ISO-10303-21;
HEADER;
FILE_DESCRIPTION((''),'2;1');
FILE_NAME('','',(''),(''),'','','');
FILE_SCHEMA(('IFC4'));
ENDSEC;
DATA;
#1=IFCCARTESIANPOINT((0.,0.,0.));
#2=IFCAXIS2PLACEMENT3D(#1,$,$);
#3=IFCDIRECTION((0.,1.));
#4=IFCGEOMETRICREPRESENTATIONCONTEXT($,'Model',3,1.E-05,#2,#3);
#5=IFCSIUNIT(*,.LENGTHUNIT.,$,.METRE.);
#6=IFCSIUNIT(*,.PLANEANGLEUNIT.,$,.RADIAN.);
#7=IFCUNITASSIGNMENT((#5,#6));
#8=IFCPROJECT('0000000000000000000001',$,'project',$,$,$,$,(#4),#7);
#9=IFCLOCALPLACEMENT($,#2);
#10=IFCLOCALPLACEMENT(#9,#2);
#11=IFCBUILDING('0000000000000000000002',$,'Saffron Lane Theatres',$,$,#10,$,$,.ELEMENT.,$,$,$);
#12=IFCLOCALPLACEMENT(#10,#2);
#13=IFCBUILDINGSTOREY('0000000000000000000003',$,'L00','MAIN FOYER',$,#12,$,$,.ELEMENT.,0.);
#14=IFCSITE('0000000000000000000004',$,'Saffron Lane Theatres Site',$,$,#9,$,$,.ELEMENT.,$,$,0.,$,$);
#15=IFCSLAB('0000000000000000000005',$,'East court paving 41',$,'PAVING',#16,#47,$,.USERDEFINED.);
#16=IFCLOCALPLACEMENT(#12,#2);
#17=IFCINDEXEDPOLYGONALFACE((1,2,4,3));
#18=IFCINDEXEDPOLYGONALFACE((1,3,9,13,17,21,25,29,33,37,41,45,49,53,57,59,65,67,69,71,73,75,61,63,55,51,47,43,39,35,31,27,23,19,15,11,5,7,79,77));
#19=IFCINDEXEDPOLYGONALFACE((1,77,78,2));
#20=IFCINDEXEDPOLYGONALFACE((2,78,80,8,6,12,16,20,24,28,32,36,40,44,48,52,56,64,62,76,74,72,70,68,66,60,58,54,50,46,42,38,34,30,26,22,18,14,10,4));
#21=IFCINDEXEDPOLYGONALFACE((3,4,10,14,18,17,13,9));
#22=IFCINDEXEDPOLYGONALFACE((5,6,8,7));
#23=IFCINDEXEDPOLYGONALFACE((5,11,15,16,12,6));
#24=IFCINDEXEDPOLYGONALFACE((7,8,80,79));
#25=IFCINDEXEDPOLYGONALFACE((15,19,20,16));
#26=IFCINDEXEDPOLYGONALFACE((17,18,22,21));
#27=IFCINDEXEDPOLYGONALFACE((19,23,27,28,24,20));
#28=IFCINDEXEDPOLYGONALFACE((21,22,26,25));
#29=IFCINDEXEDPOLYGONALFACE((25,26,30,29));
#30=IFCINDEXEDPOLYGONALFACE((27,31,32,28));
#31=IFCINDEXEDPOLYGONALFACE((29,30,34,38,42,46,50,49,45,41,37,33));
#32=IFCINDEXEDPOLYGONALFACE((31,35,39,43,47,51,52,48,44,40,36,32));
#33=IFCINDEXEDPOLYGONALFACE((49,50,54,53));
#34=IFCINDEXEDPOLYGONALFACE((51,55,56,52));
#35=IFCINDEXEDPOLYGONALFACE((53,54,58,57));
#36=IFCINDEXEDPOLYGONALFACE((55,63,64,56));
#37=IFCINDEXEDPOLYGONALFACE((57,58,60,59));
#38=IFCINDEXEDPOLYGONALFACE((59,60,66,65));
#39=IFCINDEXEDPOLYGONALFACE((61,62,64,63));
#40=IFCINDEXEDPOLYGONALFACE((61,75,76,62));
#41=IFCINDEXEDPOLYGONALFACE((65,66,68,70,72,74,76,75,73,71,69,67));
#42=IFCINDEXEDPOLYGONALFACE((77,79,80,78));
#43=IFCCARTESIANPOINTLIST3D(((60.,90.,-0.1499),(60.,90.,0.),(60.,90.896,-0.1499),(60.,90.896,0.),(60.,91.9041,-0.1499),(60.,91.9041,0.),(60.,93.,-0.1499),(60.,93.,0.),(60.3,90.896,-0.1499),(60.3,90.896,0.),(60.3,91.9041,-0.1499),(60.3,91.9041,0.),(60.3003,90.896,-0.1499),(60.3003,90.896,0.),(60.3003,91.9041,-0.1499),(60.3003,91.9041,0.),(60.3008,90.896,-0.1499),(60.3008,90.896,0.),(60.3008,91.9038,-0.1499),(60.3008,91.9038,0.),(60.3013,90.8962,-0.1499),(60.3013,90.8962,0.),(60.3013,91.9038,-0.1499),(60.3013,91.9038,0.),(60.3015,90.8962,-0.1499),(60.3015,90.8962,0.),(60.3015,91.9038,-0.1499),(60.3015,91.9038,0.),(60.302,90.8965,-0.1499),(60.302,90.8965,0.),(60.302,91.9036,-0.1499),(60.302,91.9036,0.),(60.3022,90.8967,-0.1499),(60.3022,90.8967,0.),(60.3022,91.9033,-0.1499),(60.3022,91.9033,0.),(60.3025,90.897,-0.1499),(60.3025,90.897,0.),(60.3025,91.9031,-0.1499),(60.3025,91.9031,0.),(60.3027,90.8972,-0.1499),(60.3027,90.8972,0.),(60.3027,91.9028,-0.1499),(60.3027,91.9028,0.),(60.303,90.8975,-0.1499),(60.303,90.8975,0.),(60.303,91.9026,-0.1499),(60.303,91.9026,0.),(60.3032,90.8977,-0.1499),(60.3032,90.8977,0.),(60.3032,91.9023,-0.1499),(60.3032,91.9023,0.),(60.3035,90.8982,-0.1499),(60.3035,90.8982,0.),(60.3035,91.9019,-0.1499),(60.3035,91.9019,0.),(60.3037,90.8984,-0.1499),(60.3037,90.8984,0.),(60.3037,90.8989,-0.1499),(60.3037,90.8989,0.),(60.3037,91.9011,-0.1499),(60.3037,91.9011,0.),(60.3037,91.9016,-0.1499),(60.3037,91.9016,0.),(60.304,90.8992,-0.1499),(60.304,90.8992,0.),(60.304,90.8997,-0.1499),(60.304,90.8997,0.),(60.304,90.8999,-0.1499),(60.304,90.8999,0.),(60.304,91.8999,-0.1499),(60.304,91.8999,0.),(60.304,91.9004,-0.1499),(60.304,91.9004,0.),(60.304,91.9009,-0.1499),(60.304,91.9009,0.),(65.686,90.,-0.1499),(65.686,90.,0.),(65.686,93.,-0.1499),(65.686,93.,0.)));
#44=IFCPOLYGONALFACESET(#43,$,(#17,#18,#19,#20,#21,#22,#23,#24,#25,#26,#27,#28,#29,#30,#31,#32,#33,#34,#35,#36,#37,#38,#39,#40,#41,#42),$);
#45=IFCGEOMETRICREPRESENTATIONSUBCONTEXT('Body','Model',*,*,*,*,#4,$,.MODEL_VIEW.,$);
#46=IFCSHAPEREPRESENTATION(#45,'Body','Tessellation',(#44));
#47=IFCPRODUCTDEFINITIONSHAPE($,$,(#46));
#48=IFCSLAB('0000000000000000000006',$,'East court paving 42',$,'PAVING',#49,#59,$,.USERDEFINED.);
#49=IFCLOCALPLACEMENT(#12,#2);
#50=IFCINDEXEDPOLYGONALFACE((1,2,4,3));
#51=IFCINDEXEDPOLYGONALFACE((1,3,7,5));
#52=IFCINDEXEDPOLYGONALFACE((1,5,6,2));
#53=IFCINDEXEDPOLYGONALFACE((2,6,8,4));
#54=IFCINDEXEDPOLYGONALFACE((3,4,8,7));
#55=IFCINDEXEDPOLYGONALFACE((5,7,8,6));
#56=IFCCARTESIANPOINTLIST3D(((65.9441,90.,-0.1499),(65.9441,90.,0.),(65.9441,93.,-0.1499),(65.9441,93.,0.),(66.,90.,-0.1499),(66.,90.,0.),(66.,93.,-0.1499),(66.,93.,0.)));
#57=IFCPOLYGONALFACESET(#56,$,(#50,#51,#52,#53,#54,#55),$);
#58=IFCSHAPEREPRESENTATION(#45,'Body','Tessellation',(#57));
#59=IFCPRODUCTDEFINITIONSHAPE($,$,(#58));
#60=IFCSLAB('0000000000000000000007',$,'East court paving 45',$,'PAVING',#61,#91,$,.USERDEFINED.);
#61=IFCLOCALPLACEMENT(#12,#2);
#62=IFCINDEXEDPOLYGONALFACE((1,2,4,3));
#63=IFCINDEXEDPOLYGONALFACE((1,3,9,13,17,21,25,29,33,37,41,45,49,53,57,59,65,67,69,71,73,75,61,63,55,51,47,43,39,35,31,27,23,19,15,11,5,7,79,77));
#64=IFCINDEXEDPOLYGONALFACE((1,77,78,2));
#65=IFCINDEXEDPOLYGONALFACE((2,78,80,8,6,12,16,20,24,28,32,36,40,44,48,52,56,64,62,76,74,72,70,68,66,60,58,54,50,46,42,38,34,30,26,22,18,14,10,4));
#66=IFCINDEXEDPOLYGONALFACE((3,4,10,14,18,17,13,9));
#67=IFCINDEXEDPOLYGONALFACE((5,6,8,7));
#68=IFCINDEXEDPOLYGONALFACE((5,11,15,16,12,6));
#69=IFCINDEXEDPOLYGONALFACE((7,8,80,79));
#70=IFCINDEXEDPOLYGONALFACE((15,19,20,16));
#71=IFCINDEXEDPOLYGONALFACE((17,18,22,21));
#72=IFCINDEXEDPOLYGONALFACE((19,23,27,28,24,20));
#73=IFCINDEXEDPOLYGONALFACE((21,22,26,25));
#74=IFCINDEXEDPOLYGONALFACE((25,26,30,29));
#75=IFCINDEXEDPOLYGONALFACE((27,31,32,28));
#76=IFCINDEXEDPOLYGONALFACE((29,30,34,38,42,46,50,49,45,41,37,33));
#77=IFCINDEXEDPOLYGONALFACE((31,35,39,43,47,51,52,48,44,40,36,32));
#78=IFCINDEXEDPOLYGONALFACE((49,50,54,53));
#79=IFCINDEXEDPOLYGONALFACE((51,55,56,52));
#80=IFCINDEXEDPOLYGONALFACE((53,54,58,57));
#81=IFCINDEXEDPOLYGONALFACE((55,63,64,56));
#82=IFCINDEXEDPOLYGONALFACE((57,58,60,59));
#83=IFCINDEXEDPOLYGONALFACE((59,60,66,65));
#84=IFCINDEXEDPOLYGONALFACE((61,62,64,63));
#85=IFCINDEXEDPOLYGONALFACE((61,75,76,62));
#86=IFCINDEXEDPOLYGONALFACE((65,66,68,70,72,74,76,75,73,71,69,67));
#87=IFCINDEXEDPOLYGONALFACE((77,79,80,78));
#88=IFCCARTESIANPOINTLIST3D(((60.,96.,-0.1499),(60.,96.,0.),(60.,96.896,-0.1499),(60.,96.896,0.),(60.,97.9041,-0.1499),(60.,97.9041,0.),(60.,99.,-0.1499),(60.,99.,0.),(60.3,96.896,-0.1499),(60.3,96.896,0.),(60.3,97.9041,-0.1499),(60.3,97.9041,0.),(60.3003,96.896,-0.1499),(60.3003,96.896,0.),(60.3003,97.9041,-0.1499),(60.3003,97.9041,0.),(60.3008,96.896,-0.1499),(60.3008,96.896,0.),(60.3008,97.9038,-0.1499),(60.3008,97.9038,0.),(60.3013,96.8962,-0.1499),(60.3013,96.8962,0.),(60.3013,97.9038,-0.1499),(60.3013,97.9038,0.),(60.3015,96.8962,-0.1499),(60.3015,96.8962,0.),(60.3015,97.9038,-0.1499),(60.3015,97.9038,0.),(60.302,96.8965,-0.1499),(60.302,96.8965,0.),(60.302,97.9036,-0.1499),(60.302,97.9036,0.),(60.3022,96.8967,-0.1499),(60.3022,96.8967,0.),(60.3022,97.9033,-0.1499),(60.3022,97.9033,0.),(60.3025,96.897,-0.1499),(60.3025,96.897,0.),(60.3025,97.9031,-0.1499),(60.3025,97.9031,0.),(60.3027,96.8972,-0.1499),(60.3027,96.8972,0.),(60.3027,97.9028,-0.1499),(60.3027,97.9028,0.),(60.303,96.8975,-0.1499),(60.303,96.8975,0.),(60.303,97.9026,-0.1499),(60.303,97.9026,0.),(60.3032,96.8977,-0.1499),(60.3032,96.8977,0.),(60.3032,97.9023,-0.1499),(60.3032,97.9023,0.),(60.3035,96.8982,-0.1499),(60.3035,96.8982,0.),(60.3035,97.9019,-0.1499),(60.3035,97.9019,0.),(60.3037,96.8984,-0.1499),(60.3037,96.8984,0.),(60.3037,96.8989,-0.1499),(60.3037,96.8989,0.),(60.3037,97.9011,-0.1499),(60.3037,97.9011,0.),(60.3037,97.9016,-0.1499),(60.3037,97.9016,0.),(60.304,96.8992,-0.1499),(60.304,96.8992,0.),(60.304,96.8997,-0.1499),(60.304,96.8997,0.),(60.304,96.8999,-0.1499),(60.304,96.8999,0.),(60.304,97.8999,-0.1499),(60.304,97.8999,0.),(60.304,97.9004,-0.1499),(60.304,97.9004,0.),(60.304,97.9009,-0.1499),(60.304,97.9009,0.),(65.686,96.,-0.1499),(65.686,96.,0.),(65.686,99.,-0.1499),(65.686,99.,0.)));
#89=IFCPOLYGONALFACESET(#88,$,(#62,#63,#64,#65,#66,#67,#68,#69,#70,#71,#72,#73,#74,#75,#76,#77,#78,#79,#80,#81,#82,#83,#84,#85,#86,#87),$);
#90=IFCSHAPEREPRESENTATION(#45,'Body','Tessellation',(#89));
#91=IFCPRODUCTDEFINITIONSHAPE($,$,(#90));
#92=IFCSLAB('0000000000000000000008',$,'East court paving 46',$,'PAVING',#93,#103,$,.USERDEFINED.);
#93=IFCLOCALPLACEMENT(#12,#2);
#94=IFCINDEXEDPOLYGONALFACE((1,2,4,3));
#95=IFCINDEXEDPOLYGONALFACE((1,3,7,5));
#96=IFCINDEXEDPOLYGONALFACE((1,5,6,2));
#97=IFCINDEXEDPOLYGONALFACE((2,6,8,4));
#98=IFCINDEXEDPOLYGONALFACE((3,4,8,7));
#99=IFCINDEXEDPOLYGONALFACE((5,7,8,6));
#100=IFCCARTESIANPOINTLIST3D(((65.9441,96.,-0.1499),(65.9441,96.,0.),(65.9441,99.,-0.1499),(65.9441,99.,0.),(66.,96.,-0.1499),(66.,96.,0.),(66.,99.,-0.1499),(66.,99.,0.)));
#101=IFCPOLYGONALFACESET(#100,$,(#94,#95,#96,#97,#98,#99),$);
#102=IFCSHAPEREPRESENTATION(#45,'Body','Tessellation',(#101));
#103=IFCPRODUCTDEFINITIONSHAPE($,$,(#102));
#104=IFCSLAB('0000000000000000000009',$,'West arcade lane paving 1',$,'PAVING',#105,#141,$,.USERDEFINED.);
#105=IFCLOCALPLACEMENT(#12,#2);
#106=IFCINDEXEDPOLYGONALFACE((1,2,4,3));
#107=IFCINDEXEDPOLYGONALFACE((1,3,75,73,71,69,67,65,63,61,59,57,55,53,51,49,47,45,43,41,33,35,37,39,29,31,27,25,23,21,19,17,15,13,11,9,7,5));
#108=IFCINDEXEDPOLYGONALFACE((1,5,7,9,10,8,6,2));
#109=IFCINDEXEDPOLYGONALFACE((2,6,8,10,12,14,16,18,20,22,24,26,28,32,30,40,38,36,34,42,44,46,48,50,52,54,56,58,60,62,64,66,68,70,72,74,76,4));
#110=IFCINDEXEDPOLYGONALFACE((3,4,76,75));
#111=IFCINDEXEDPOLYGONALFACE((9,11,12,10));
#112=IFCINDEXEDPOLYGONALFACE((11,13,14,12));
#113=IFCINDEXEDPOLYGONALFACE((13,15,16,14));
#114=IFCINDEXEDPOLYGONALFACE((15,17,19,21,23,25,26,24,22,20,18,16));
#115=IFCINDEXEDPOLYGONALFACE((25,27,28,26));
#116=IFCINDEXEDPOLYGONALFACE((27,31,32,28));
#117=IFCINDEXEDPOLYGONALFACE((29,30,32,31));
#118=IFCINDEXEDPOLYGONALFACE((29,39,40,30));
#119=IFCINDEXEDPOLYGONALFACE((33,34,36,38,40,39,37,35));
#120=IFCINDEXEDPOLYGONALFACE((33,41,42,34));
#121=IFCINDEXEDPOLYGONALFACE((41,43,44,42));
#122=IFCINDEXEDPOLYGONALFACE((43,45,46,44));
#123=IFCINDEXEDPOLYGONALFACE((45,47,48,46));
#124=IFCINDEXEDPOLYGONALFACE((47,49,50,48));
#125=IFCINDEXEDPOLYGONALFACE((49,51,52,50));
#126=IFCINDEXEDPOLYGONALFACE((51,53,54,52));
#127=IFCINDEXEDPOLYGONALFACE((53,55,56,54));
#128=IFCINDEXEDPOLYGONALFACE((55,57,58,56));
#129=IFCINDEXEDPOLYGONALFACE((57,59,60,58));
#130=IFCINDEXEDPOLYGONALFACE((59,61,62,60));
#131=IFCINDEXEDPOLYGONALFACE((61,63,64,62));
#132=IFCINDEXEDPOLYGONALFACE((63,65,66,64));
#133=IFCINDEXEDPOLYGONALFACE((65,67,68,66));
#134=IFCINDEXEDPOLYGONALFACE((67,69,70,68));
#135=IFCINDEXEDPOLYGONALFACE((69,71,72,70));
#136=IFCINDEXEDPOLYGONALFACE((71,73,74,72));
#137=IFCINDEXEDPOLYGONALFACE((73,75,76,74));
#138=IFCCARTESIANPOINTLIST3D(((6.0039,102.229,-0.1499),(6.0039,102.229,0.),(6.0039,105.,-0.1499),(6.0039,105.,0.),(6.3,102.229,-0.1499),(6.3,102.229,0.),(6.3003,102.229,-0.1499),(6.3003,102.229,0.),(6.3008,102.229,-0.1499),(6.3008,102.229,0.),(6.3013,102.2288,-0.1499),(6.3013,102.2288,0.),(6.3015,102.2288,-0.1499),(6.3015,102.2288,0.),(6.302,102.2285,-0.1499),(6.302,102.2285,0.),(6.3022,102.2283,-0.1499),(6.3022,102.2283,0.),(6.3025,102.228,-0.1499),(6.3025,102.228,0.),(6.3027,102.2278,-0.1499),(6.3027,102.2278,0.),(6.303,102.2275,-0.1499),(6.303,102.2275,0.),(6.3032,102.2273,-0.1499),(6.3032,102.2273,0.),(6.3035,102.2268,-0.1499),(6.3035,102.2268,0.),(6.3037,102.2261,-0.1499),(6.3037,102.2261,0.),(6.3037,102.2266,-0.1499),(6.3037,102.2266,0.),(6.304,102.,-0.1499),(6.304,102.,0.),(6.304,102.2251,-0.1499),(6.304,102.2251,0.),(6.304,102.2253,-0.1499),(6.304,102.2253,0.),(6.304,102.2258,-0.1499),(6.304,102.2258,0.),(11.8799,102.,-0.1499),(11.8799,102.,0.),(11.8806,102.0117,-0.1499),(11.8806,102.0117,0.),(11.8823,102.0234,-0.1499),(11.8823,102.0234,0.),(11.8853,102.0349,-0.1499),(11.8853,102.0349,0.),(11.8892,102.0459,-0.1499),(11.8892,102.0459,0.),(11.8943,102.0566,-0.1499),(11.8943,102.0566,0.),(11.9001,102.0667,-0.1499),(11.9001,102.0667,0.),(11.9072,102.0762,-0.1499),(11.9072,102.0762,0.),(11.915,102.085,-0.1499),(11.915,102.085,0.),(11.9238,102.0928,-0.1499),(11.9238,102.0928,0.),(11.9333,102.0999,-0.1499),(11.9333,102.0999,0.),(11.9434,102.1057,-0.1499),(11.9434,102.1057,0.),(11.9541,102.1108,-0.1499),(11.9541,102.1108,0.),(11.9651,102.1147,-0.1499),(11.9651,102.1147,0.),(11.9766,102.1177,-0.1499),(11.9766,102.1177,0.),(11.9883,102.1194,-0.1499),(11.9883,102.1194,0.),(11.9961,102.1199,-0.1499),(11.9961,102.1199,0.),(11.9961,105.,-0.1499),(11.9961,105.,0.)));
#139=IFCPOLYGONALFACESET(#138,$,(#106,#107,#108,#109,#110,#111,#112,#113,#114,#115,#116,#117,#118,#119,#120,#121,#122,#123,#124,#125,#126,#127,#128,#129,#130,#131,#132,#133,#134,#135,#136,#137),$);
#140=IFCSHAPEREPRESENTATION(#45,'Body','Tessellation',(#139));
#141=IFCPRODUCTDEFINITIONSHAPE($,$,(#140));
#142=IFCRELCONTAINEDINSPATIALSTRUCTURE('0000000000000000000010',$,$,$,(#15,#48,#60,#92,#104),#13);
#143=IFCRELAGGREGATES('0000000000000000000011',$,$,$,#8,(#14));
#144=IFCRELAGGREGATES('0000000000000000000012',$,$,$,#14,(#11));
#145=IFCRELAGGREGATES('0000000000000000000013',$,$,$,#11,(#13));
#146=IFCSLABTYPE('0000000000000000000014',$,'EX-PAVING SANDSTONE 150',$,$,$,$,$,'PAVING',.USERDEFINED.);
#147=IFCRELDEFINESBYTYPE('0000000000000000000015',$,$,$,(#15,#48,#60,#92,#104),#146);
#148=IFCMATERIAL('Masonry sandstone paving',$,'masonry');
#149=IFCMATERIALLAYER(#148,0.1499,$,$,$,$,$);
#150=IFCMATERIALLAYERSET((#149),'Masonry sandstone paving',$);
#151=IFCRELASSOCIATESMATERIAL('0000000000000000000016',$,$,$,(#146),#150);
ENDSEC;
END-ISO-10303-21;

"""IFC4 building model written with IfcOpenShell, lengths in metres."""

from ifc_helpers import new_model, si_unit, direction, frame, origin, place, context, subcontext, project, spatial, polyline, outline, extrude, material, layer, layer_set, type_object, element, save


model = new_model("IFC4")

# Units and contexts
model_context = context("Model", 3, precision=1e-05, world=origin(), true_north=direction((0.0, 1.0)))
body_context = subcontext(model_context, "Body", "Model", "MODEL_VIEW")
ifc_project = project(units=[si_unit("LENGTHUNIT", "METRE"), si_unit("PLANEANGLEUNIT", "RADIAN")], contexts=[model_context])

# Site, building, storey
site_placement = place(None, origin())
site = spatial("IfcSite", under=ifc_project, at=site_placement, Name="Saffron Lane Theatres Site", CompositionType="ELEMENT", RefElevation=0.0)
building_placement = place(site_placement, origin())
building = spatial("IfcBuilding", under=site, at=building_placement, Name="Saffron Lane Theatres", CompositionType="ELEMENT")
storey_placement = place(building_placement, origin())
storey = spatial("IfcBuildingStorey", under=building, at=storey_placement, Name="L00", Description="MAIN FOYER", CompositionType="ELEMENT", Elevation=0.0)

# Slabs
ifc_material_1 = material(Name="Masonry sandstone paving", Category="masonry")
ifc_layer_1 = layer(ifc_material_1, 0.1499)
ifc_layer_set_1 = layer_set([ifc_layer_1], Name="Masonry sandstone paving")
slab_type_1 = type_object("IfcSlabType", Name="EX-PAVING SANDSTONE 150", ElementType="PAVING", PredefinedType="USERDEFINED", material=ifc_layer_set_1)
slab_1_placement = place(storey_placement, frame((0.0, 0.0, -0.1499)))
element("IfcSlab", 1, at=slab_1_placement, inside=storey, type_object=slab_type_1, Name="East court paving 41", ObjectType="PAVING", PredefinedType="USERDEFINED", context=body_context, shape_type="SweptSolid", body=[
    extrude(outline(polyline([(60.0, 90.896), (60.0, 90.0), (65.686, 90.0), (65.686, 93.0), (60.0, 93.0), (60.0, 91.9041), (60.3, 91.9041), (60.3003, 91.9041), (60.3008, 91.9038), (60.3013, 91.9038), (60.3015, 91.9038), (60.302, 91.9036), (60.3022, 91.9033), (60.3025, 91.9031), (60.3027, 91.9028), (60.303, 91.9026), (60.3032, 91.9023), (60.3035, 91.9019), (60.3037, 91.9016), (60.3037, 91.9011), (60.304, 91.9009), (60.304, 91.9004), (60.304, 91.8999), (60.304, 90.8999), (60.304, 90.8997), (60.304, 90.8992), (60.3037, 90.8989), (60.3037, 90.8984), (60.3035, 90.8982), (60.3032, 90.8977), (60.303, 90.8975), (60.3027, 90.8972), (60.3025, 90.897), (60.3022, 90.8967), (60.302, 90.8965), (60.3015, 90.8962), (60.3013, 90.8962), (60.3008, 90.896), (60.3003, 90.896), (60.3, 90.896), (60.0, 90.896)])), origin(), (0.0, 0.0, 1.0), 0.1499),
])
slab_2_placement = place(storey_placement, frame((0.0, 0.0, -0.1499)))
element("IfcSlab", 2, at=slab_2_placement, inside=storey, type_object=slab_type_1, Name="East court paving 42", ObjectType="PAVING", PredefinedType="USERDEFINED", context=body_context, shape_type="SweptSolid", body=[
    extrude(outline(polyline([(66.0, 90.0), (66.0, 93.0), (65.9441, 93.0), (65.9441, 90.0), (66.0, 90.0)])), origin(), (0.0, 0.0, 1.0), 0.1499),
])
slab_3_placement = place(storey_placement, frame((0.0, 0.0, -0.1499)))
element("IfcSlab", 3, at=slab_3_placement, inside=storey, type_object=slab_type_1, Name="East court paving 45", ObjectType="PAVING", PredefinedType="USERDEFINED", context=body_context, shape_type="SweptSolid", body=[
    extrude(outline(polyline([(60.0, 96.896), (60.0, 96.0), (65.686, 96.0), (65.686, 99.0), (60.0, 99.0), (60.0, 97.9041), (60.3, 97.9041), (60.3003, 97.9041), (60.3008, 97.9038), (60.3013, 97.9038), (60.3015, 97.9038), (60.302, 97.9036), (60.3022, 97.9033), (60.3025, 97.9031), (60.3027, 97.9028), (60.303, 97.9026), (60.3032, 97.9023), (60.3035, 97.9019), (60.3037, 97.9016), (60.3037, 97.9011), (60.304, 97.9009), (60.304, 97.9004), (60.304, 97.8999), (60.304, 96.8999), (60.304, 96.8997), (60.304, 96.8992), (60.3037, 96.8989), (60.3037, 96.8984), (60.3035, 96.8982), (60.3032, 96.8977), (60.303, 96.8975), (60.3027, 96.8972), (60.3025, 96.897), (60.3022, 96.8967), (60.302, 96.8965), (60.3015, 96.8962), (60.3013, 96.8962), (60.3008, 96.896), (60.3003, 96.896), (60.3, 96.896), (60.0, 96.896)])), origin(), (0.0, 0.0, 1.0), 0.1499),
])
slab_4_placement = place(storey_placement, frame((0.0, 0.0, -0.1499)))
element("IfcSlab", 4, at=slab_4_placement, inside=storey, type_object=slab_type_1, Name="East court paving 46", ObjectType="PAVING", PredefinedType="USERDEFINED", context=body_context, shape_type="SweptSolid", body=[
    extrude(outline(polyline([(66.0, 96.0), (66.0, 99.0), (65.9441, 99.0), (65.9441, 96.0), (66.0, 96.0)])), origin(), (0.0, 0.0, 1.0), 0.1499),
])
slab_5_placement = place(storey_placement, frame((0.0, 0.0, -0.1499)))
element("IfcSlab", 5, at=slab_5_placement, inside=storey, type_object=slab_type_1, Name="West arcade lane paving 1", ObjectType="PAVING", PredefinedType="USERDEFINED", context=body_context, shape_type="SweptSolid", body=[
    extrude(outline(polyline([(6.3035, 102.2268), (6.3037, 102.2266), (6.3037, 102.2261), (6.304, 102.2258), (6.304, 102.2253), (6.304, 102.2251), (6.304, 102.0), (11.8799, 102.0), (11.8806, 102.0117), (11.8823, 102.0234), (11.8853, 102.0349), (11.8892, 102.0459), (11.8943, 102.0566), (11.9001, 102.0667), (11.9072, 102.0762), (11.915, 102.085), (11.9238, 102.0928), (11.9333, 102.0999), (11.9434, 102.1057), (11.9541, 102.1108), (11.9651, 102.1147), (11.9766, 102.1177), (11.9883, 102.1194), (11.9961, 102.1199), (11.9961, 105.0), (6.0039, 105.0), (6.0039, 102.229), (6.3, 102.229), (6.3003, 102.229), (6.3008, 102.229), (6.3013, 102.2288), (6.3015, 102.2288), (6.302, 102.2285), (6.3022, 102.2283), (6.3025, 102.228), (6.3027, 102.2278), (6.303, 102.2275), (6.3032, 102.2273), (6.3035, 102.2268)])), origin(), (0.0, 0.0, 1.0), 0.1499),
])

save(model, "model.ifc")
